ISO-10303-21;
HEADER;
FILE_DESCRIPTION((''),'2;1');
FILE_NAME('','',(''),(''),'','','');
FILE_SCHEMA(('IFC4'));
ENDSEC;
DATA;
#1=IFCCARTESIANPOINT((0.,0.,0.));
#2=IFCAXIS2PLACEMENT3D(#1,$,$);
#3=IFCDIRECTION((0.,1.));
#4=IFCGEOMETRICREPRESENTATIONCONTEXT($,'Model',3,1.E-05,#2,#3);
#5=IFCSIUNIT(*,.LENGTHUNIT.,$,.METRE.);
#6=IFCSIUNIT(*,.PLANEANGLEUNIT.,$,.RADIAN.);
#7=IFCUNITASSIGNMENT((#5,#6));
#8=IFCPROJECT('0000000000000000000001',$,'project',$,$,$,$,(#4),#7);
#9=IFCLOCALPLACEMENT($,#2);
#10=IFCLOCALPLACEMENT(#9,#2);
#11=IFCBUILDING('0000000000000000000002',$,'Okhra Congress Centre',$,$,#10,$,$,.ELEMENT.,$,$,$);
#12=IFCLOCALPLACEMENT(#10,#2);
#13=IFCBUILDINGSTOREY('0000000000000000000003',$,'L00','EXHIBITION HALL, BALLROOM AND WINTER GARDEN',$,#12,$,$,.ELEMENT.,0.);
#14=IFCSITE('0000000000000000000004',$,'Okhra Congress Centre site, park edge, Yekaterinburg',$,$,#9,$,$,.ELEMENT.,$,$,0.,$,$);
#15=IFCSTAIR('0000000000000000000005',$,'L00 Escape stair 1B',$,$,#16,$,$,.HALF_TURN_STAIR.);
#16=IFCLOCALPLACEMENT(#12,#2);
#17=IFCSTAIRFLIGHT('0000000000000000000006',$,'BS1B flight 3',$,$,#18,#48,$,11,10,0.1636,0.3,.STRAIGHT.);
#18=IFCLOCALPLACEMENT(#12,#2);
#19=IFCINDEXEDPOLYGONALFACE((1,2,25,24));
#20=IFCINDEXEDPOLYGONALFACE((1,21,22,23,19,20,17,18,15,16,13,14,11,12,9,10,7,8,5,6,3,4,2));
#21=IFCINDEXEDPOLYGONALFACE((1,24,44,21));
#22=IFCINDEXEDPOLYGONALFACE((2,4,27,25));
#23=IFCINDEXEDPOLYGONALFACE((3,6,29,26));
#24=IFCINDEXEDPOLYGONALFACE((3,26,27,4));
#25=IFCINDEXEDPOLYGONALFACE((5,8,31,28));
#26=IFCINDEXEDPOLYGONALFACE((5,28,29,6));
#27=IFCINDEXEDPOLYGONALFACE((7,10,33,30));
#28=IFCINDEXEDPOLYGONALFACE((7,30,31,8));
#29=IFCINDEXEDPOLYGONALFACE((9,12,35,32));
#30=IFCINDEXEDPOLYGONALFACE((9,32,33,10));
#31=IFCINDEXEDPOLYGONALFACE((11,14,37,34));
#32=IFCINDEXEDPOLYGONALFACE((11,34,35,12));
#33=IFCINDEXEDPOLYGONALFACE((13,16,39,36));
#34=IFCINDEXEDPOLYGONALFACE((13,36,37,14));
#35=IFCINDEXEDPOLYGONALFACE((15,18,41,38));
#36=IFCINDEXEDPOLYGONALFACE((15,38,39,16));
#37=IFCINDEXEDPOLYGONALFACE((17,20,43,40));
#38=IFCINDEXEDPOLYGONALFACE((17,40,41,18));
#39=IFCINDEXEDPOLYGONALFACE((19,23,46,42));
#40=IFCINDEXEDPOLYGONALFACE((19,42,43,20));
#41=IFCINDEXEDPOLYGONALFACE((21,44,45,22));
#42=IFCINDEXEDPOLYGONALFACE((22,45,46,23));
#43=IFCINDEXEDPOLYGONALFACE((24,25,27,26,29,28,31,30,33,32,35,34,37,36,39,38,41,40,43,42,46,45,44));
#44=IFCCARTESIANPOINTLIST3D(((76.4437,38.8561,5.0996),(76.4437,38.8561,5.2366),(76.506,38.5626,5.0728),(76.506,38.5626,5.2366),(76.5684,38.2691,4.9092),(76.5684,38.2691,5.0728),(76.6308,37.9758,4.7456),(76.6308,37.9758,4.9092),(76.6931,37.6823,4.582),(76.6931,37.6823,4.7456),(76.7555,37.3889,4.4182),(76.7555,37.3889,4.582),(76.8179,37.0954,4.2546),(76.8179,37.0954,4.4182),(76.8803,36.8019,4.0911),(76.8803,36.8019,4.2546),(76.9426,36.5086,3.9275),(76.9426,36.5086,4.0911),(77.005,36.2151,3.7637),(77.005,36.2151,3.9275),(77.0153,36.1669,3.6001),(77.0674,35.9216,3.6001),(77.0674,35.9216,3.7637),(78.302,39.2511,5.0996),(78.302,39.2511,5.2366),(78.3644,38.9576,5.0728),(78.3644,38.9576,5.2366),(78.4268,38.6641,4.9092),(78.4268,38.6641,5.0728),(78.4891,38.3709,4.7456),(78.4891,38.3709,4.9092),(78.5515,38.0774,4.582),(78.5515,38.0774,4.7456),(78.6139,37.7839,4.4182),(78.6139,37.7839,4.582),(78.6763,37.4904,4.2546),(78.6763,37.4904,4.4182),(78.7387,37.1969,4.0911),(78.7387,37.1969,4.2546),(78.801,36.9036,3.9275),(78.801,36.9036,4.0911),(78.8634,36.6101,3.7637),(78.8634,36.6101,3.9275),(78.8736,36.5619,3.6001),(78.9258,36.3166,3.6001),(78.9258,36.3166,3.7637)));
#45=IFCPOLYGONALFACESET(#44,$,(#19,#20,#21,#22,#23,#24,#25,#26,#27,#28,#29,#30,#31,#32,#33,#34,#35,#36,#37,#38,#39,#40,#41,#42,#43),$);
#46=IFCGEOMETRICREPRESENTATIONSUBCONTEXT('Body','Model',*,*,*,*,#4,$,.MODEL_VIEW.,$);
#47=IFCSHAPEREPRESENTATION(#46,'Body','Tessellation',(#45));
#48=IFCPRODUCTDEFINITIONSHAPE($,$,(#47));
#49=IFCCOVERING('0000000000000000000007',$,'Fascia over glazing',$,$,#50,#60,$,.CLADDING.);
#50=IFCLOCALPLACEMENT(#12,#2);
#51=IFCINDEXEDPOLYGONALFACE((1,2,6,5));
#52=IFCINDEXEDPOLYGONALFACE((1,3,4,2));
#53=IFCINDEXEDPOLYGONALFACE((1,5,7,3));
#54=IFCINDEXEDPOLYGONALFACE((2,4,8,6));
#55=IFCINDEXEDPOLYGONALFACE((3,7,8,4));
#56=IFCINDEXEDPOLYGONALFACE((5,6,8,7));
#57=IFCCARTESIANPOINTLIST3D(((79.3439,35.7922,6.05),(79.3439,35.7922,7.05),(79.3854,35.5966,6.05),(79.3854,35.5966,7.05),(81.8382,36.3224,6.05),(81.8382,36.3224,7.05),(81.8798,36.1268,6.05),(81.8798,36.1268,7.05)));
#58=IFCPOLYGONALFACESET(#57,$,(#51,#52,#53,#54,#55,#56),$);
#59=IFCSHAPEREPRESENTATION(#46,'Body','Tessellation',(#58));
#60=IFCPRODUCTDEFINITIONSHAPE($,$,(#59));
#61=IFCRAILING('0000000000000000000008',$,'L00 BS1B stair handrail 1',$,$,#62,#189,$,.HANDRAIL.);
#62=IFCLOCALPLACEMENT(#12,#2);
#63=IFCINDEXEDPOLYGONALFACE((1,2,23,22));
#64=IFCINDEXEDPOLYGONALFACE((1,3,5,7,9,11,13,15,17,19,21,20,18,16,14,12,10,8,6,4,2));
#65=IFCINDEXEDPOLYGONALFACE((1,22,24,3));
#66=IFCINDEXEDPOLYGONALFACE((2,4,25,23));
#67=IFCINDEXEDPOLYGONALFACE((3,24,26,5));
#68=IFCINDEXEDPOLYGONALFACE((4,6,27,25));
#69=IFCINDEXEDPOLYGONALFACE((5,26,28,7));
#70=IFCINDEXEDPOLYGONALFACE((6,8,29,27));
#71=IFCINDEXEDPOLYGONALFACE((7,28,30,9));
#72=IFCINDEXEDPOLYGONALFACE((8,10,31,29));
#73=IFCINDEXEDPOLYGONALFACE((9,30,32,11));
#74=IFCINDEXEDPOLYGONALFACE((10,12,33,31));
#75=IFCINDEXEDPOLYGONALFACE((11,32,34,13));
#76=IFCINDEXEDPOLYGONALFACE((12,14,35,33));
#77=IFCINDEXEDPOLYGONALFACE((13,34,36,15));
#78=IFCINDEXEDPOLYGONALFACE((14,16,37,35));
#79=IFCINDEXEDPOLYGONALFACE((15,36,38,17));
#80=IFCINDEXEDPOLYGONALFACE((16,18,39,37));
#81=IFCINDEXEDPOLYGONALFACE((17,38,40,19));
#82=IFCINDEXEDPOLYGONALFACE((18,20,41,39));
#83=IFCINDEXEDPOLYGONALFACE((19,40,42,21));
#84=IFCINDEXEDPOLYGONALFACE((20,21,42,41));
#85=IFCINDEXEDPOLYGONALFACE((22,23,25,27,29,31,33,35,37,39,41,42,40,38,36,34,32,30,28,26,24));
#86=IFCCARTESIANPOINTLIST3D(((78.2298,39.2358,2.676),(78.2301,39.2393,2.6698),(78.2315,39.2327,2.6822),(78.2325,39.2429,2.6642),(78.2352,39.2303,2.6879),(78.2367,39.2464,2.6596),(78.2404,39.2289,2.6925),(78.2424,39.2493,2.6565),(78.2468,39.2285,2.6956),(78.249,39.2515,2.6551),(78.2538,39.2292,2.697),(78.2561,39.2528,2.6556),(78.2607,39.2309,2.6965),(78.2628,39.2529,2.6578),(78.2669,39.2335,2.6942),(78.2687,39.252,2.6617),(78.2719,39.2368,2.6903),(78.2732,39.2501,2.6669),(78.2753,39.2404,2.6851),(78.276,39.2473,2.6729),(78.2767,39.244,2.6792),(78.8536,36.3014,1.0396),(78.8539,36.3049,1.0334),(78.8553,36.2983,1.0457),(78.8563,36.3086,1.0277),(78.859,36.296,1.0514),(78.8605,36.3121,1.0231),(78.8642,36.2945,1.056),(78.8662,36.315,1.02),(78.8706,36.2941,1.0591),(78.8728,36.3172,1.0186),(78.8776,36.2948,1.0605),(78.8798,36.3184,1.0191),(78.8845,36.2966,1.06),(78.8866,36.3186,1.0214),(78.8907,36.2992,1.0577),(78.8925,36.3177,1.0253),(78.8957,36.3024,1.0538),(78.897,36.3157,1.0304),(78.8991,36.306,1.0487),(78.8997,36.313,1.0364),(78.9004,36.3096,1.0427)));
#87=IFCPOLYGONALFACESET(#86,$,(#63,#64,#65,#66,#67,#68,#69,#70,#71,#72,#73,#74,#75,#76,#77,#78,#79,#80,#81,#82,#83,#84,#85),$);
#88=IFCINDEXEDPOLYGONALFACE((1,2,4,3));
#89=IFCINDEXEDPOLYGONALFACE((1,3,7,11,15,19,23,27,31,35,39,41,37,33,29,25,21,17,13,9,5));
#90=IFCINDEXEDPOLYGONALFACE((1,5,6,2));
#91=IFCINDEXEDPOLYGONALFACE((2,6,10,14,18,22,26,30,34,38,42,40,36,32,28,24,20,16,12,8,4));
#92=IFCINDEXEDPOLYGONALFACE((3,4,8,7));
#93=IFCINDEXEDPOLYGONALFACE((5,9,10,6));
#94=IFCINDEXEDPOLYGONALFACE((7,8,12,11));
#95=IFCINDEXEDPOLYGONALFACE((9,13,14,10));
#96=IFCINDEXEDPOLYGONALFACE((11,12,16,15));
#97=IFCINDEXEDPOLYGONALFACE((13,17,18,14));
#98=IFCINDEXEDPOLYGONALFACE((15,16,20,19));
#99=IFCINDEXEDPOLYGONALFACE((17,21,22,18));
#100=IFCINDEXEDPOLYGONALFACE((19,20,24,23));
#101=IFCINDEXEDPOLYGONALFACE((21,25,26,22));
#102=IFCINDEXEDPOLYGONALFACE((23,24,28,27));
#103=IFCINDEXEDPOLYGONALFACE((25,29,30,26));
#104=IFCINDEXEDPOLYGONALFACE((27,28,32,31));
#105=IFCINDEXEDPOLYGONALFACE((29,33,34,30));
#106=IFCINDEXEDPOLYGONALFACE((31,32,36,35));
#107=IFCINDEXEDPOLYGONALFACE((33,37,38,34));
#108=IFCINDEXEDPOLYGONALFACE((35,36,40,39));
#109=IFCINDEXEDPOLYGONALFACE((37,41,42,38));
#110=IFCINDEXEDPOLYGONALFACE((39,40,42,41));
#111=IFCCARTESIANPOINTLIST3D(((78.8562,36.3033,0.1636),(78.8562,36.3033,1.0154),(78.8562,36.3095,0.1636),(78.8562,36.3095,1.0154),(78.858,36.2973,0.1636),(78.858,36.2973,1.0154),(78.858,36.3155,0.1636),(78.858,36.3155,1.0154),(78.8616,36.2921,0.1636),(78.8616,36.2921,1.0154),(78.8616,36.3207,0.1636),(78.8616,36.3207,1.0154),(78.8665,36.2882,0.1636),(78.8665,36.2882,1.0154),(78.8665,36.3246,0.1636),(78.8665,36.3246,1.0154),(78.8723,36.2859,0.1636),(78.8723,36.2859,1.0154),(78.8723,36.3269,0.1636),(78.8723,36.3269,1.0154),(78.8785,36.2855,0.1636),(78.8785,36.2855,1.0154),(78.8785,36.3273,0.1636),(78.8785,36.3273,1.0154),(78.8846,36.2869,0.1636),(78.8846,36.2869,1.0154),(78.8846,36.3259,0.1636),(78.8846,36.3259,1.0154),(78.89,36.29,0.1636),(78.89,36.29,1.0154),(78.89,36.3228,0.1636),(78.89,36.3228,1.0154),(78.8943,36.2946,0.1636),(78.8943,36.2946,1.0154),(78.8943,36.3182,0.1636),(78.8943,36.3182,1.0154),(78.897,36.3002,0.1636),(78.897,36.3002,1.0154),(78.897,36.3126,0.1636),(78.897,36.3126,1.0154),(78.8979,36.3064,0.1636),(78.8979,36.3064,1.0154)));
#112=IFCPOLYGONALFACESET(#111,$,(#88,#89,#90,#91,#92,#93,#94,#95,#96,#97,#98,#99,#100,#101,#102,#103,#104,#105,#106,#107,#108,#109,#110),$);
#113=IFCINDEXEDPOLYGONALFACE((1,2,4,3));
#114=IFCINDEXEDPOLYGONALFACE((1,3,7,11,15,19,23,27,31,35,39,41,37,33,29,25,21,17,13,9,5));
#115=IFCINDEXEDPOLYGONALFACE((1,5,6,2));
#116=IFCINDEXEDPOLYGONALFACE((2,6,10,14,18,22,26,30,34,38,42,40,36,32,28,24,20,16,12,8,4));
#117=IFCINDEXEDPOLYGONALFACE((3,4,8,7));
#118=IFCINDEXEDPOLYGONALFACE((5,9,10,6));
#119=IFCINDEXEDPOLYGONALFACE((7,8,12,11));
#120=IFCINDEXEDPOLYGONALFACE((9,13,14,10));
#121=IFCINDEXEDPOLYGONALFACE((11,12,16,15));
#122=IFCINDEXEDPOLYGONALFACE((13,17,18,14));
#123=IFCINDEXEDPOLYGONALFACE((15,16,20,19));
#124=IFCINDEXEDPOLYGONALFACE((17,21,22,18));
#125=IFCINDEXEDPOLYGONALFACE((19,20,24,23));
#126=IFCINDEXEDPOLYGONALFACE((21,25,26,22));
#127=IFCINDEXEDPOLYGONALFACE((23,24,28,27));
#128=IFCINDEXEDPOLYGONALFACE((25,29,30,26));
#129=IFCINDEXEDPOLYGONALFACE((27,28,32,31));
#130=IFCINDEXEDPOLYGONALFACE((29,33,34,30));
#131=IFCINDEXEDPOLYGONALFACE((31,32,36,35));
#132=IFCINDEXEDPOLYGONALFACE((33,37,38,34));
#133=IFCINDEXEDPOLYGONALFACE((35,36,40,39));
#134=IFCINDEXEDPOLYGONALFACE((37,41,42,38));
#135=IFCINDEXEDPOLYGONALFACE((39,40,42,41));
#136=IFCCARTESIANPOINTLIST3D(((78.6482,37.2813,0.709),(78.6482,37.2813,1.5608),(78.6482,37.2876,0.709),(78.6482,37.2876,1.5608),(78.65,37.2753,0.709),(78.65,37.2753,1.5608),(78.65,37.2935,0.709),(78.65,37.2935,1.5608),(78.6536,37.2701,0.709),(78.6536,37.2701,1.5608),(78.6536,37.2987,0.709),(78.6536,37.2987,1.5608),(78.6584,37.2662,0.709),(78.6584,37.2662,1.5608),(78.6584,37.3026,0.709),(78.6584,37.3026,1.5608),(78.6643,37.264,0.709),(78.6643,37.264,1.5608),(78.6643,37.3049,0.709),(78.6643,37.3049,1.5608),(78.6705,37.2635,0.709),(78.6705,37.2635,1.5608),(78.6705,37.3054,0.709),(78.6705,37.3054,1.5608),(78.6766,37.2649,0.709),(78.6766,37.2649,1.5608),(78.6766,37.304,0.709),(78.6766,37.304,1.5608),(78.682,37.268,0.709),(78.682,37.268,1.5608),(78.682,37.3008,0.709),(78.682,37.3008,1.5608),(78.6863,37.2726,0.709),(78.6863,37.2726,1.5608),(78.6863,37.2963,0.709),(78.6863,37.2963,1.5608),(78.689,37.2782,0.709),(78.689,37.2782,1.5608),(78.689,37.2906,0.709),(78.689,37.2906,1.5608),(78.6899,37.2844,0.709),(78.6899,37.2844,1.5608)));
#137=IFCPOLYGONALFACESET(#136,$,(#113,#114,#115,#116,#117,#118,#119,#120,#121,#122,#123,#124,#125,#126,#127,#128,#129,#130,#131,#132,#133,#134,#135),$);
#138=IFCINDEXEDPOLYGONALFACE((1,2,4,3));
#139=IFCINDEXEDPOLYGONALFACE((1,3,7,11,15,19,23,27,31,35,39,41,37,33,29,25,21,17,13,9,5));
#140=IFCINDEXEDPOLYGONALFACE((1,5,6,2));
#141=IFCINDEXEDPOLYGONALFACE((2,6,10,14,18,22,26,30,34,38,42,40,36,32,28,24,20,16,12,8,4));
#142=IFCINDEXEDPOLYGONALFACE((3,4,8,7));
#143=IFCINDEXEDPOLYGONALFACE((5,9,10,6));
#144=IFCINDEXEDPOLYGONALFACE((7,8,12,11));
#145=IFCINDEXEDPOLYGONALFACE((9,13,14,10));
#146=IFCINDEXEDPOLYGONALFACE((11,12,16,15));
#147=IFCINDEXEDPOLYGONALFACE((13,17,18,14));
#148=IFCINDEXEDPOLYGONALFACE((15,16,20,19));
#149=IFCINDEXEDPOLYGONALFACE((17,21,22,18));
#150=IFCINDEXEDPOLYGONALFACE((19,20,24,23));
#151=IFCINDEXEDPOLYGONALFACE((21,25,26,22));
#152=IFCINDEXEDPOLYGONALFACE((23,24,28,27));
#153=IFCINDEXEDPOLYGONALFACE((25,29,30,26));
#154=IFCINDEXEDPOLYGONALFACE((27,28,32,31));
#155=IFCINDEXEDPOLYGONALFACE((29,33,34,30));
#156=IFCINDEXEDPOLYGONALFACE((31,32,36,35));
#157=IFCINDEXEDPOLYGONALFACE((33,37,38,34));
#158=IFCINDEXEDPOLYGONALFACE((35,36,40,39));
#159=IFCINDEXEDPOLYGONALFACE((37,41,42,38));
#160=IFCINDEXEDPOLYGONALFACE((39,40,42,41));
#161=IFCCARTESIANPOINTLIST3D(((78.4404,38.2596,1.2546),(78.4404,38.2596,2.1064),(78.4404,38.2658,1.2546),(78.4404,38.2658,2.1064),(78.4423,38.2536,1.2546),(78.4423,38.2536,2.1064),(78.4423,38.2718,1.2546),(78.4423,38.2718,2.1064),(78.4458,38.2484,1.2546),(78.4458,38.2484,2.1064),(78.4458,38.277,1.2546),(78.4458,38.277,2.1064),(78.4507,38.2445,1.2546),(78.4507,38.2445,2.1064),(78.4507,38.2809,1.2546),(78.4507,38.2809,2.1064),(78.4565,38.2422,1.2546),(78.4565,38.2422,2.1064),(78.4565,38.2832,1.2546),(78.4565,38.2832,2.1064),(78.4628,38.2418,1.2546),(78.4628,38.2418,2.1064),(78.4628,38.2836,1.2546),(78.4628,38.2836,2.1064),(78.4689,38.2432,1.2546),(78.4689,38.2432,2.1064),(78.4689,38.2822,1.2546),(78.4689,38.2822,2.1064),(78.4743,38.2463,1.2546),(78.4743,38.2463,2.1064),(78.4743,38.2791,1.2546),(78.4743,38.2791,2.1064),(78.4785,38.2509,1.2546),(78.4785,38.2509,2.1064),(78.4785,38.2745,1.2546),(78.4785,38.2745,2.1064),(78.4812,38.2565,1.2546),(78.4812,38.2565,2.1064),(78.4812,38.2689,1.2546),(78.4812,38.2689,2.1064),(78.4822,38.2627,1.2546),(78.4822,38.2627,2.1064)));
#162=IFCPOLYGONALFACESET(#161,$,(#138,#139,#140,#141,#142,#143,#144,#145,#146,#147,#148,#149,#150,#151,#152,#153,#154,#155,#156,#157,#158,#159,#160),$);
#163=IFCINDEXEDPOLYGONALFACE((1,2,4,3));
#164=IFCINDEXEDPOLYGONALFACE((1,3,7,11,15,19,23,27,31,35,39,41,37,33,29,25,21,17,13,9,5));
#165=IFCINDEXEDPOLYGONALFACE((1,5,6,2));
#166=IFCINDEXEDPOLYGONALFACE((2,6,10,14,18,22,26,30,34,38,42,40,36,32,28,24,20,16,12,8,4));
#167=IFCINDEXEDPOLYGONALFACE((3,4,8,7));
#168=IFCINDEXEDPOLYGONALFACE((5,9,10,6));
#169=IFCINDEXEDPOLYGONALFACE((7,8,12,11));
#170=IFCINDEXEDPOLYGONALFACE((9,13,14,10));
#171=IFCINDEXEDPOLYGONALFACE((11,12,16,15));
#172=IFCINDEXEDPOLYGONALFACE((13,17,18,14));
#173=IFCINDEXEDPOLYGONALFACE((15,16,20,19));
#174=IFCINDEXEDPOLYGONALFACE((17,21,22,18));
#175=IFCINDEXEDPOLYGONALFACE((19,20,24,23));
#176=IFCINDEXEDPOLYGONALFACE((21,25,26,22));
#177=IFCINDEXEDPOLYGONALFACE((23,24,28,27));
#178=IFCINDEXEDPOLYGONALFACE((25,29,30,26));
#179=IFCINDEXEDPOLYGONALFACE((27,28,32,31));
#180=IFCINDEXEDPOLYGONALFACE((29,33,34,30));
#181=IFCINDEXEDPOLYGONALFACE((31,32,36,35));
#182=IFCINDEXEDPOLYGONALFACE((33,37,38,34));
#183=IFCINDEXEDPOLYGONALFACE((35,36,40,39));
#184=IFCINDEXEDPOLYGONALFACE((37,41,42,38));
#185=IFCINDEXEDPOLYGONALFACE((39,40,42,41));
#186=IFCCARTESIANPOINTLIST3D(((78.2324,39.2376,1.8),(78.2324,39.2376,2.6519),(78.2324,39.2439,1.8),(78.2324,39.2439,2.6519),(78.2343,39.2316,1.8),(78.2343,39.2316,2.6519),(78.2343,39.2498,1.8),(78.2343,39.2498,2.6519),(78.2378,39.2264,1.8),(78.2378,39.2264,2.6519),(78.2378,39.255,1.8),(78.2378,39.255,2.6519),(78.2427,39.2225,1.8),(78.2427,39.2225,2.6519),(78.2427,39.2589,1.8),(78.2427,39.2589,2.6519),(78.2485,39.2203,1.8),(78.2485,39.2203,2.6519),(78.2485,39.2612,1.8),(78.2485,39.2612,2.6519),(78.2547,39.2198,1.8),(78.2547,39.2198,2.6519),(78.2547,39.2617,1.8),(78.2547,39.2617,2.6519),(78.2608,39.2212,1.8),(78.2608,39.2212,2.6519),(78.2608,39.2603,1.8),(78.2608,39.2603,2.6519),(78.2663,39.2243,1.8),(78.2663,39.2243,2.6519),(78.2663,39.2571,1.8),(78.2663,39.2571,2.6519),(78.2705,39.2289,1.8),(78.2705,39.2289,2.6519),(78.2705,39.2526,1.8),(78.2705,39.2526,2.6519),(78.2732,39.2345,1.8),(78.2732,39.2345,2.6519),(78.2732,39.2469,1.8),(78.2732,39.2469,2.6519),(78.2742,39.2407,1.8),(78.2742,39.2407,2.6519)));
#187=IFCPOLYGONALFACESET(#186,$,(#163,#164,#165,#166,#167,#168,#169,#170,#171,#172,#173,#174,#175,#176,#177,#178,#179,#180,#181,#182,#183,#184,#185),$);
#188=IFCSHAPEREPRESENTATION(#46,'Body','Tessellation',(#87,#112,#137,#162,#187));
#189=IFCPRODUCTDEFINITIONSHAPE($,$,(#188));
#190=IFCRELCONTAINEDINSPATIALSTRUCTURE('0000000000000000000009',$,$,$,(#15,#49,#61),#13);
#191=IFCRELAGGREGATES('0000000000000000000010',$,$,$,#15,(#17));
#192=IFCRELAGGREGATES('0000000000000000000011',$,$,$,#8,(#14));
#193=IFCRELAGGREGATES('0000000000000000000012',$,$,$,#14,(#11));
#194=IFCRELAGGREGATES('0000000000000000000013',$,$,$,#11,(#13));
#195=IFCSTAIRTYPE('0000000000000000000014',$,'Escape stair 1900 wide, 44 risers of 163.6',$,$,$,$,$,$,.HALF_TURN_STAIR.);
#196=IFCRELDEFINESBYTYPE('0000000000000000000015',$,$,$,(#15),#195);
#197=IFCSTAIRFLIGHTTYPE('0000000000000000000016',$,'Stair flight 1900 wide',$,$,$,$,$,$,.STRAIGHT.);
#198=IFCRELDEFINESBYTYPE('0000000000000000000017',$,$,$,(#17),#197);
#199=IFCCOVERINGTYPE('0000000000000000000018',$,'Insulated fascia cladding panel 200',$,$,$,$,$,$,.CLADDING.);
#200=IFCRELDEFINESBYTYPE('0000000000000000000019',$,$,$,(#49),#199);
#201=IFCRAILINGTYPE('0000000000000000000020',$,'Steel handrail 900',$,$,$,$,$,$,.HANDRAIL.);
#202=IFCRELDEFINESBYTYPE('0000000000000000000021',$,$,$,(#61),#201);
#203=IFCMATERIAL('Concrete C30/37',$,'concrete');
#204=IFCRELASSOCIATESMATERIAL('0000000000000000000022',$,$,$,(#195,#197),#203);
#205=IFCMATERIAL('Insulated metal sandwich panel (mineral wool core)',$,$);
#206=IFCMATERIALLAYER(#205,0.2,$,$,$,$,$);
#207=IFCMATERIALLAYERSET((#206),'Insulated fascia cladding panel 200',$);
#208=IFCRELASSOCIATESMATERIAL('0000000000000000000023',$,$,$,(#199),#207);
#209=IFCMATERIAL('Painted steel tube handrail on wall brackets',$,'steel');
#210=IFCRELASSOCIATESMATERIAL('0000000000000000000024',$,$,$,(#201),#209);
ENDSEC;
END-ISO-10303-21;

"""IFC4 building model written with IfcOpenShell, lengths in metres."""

from ifc_helpers import new_model, si_unit, direction, frame, origin, origin_2d, place, context, subcontext, project, spatial, polyline, rectangle, circle, outline, extrude, material, layer, layer_set, type_object, element, aggregate, save


model = new_model("IFC4")

# Units and contexts
model_context = context("Model", 3, precision=1e-05, world=origin(), true_north=direction((0.0, 1.0)))
body_context = subcontext(model_context, "Body", "Model", "MODEL_VIEW")
ifc_project = project(units=[si_unit("LENGTHUNIT", "METRE"), si_unit("PLANEANGLEUNIT", "RADIAN")], contexts=[model_context])

# Site, building, storey
site_placement = place(None, origin())
site = spatial("IfcSite", under=ifc_project, at=site_placement, Name="Okhra Congress Centre site, park edge, Yekaterinburg", CompositionType="ELEMENT", RefElevation=0.0)
building_placement = place(site_placement, origin())
building = spatial("IfcBuilding", under=site, at=building_placement, Name="Okhra Congress Centre", CompositionType="ELEMENT")
storey_placement = place(building_placement, origin())
storey = spatial("IfcBuildingStorey", under=building, at=storey_placement, Name="L00", Description="EXHIBITION HALL, BALLROOM AND WINTER GARDEN", CompositionType="ELEMENT", Elevation=0.0)

# Shared definitions
ifc_material_1 = material(Name="Concrete C30/37", Category="concrete")

# Stair, stair flight
stair_type = type_object("IfcStairType", Name="Escape stair 1900 wide, 44 risers of 163.6", PredefinedType="HALF_TURN_STAIR", material=ifc_material_1)
stair_placement = place(storey_placement, origin())
stair = element("IfcStair", 1, at=stair_placement, inside=storey, type_object=stair_type, Name="L00 Escape stair 1B", PredefinedType="HALF_TURN_STAIR")
stair_flight_type = type_object("IfcStairFlightType", Name="Stair flight 1900 wide", PredefinedType="STRAIGHT", material=ifc_material_1)
stair_flight_1_placement = place(storey_placement, frame((77.9966, 36.1191, 3.6001), z_axis=(0.0, 0.0, 1.0), x_axis=(-0.207912, 0.978148, 0.0)))
stair_flight_1 = element("IfcStairFlight", 2, at=stair_flight_1_placement, type_object=stair_flight_type, Name="BS1B flight 3", NumberOfRisers=11, NumberOfTreads=10, PredefinedType="STRAIGHT", RiserHeight=0.1636, TreadLength=0.3, context=body_context, shape_type="SweptSolid", body=[
    extrude(outline(polyline([(0.0, 0.0), (0.0, 0.1636), (0.3, 0.1636), (0.3, 0.3274), (0.6001, 0.3274), (0.6001, 0.491), (0.8999, 0.491), (0.8999, 0.6545), (1.2, 0.6545), (1.2, 0.8181), (1.5, 0.8181), (1.5, 0.9819), (1.8, 0.9819), (1.8, 1.1455), (2.1001, 1.1455), (2.1001, 1.3091), (2.3999, 1.3091), (2.3999, 1.4727), (2.7, 1.4727), (2.7, 1.6365), (3.0, 1.6365), (3.0, 1.8), (3.0, 1.4995), (0.2507, 0.0), (0.0, 0.0)])), frame((0.0, 0.95, 0.0), z_axis=(0.0, -1.0, 0.0), x_axis=(1.0, 0.0, 0.0)), (0.0, 0.0, 1.0), 1.8999),
])
aggregate(stair, [stair_flight_1])

# Covering
ifc_material_2 = material(Name="Insulated metal sandwich panel (mineral wool core)")
ifc_layer_1 = layer(ifc_material_2, 0.2)
ifc_layer_set_1 = layer_set([ifc_layer_1], Name="Insulated fascia cladding panel 200")
covering_type = type_object("IfcCoveringType", Name="Insulated fascia cladding panel 200", PredefinedType="CLADDING", material=ifc_layer_set_1)
covering_placement = place(storey_placement, frame((80.6118, 35.9595, 6.05), z_axis=(0.0, 0.0, 1.0), x_axis=(0.978148, 0.207912, 0.0)))
element("IfcCovering", 3, at=covering_placement, inside=storey, type_object=covering_type, Name="Fascia over glazing", PredefinedType="CLADDING", context=body_context, shape_type="SweptSolid", body=[
    extrude(rectangle(XDim=2.55, YDim=0.2, at=origin_2d()), origin(), (0.0, 0.0, 1.0), 1.0),
])

# Railing
ifc_material_3 = material(Name="Painted steel tube handrail on wall brackets", Category="steel")
railing_type = type_object("IfcRailingType", Name="Steel handrail 900", PredefinedType="HANDRAIL", material=ifc_material_3)
railing_1_placement = place(storey_placement, frame((78.877, 36.3064, 0.1636)))
element("IfcRailing", 4, at=railing_1_placement, inside=storey, type_object=railing_type, Name="L00 BS1B stair handrail 1", PredefinedType="HANDRAIL", context=body_context, shape_type="SweptSolid", body=[
    extrude(circle(Radius=0.0239, at=origin_2d()), frame((0.0, 0.0, 0.876), z_axis=(-0.18254, 0.858687, 0.47889), x_axis=(-0.978143, -0.207934, 0.0)), (0.0, 0.0, 1.0), 3.4172),
    extrude(circle(Radius=0.021, at=origin_2d()), origin(), (0.0, 0.0, 1.0), 0.8518),
    extrude(circle(Radius=0.021, at=origin_2d()), frame((-0.208, 0.978, 0.5454)), (0.0, 0.0, 1.0), 0.8518),
    extrude(circle(Radius=0.021, at=origin_2d()), frame((-0.4158, 1.9563, 1.0911)), (0.0, 0.0, 1.0), 0.8518),
    extrude(circle(Radius=0.021, at=origin_2d()), frame((-0.6238, 2.9343, 1.6365)), (0.0, 0.0, 1.0), 0.8518),
])

save(model, "model.ifc")
